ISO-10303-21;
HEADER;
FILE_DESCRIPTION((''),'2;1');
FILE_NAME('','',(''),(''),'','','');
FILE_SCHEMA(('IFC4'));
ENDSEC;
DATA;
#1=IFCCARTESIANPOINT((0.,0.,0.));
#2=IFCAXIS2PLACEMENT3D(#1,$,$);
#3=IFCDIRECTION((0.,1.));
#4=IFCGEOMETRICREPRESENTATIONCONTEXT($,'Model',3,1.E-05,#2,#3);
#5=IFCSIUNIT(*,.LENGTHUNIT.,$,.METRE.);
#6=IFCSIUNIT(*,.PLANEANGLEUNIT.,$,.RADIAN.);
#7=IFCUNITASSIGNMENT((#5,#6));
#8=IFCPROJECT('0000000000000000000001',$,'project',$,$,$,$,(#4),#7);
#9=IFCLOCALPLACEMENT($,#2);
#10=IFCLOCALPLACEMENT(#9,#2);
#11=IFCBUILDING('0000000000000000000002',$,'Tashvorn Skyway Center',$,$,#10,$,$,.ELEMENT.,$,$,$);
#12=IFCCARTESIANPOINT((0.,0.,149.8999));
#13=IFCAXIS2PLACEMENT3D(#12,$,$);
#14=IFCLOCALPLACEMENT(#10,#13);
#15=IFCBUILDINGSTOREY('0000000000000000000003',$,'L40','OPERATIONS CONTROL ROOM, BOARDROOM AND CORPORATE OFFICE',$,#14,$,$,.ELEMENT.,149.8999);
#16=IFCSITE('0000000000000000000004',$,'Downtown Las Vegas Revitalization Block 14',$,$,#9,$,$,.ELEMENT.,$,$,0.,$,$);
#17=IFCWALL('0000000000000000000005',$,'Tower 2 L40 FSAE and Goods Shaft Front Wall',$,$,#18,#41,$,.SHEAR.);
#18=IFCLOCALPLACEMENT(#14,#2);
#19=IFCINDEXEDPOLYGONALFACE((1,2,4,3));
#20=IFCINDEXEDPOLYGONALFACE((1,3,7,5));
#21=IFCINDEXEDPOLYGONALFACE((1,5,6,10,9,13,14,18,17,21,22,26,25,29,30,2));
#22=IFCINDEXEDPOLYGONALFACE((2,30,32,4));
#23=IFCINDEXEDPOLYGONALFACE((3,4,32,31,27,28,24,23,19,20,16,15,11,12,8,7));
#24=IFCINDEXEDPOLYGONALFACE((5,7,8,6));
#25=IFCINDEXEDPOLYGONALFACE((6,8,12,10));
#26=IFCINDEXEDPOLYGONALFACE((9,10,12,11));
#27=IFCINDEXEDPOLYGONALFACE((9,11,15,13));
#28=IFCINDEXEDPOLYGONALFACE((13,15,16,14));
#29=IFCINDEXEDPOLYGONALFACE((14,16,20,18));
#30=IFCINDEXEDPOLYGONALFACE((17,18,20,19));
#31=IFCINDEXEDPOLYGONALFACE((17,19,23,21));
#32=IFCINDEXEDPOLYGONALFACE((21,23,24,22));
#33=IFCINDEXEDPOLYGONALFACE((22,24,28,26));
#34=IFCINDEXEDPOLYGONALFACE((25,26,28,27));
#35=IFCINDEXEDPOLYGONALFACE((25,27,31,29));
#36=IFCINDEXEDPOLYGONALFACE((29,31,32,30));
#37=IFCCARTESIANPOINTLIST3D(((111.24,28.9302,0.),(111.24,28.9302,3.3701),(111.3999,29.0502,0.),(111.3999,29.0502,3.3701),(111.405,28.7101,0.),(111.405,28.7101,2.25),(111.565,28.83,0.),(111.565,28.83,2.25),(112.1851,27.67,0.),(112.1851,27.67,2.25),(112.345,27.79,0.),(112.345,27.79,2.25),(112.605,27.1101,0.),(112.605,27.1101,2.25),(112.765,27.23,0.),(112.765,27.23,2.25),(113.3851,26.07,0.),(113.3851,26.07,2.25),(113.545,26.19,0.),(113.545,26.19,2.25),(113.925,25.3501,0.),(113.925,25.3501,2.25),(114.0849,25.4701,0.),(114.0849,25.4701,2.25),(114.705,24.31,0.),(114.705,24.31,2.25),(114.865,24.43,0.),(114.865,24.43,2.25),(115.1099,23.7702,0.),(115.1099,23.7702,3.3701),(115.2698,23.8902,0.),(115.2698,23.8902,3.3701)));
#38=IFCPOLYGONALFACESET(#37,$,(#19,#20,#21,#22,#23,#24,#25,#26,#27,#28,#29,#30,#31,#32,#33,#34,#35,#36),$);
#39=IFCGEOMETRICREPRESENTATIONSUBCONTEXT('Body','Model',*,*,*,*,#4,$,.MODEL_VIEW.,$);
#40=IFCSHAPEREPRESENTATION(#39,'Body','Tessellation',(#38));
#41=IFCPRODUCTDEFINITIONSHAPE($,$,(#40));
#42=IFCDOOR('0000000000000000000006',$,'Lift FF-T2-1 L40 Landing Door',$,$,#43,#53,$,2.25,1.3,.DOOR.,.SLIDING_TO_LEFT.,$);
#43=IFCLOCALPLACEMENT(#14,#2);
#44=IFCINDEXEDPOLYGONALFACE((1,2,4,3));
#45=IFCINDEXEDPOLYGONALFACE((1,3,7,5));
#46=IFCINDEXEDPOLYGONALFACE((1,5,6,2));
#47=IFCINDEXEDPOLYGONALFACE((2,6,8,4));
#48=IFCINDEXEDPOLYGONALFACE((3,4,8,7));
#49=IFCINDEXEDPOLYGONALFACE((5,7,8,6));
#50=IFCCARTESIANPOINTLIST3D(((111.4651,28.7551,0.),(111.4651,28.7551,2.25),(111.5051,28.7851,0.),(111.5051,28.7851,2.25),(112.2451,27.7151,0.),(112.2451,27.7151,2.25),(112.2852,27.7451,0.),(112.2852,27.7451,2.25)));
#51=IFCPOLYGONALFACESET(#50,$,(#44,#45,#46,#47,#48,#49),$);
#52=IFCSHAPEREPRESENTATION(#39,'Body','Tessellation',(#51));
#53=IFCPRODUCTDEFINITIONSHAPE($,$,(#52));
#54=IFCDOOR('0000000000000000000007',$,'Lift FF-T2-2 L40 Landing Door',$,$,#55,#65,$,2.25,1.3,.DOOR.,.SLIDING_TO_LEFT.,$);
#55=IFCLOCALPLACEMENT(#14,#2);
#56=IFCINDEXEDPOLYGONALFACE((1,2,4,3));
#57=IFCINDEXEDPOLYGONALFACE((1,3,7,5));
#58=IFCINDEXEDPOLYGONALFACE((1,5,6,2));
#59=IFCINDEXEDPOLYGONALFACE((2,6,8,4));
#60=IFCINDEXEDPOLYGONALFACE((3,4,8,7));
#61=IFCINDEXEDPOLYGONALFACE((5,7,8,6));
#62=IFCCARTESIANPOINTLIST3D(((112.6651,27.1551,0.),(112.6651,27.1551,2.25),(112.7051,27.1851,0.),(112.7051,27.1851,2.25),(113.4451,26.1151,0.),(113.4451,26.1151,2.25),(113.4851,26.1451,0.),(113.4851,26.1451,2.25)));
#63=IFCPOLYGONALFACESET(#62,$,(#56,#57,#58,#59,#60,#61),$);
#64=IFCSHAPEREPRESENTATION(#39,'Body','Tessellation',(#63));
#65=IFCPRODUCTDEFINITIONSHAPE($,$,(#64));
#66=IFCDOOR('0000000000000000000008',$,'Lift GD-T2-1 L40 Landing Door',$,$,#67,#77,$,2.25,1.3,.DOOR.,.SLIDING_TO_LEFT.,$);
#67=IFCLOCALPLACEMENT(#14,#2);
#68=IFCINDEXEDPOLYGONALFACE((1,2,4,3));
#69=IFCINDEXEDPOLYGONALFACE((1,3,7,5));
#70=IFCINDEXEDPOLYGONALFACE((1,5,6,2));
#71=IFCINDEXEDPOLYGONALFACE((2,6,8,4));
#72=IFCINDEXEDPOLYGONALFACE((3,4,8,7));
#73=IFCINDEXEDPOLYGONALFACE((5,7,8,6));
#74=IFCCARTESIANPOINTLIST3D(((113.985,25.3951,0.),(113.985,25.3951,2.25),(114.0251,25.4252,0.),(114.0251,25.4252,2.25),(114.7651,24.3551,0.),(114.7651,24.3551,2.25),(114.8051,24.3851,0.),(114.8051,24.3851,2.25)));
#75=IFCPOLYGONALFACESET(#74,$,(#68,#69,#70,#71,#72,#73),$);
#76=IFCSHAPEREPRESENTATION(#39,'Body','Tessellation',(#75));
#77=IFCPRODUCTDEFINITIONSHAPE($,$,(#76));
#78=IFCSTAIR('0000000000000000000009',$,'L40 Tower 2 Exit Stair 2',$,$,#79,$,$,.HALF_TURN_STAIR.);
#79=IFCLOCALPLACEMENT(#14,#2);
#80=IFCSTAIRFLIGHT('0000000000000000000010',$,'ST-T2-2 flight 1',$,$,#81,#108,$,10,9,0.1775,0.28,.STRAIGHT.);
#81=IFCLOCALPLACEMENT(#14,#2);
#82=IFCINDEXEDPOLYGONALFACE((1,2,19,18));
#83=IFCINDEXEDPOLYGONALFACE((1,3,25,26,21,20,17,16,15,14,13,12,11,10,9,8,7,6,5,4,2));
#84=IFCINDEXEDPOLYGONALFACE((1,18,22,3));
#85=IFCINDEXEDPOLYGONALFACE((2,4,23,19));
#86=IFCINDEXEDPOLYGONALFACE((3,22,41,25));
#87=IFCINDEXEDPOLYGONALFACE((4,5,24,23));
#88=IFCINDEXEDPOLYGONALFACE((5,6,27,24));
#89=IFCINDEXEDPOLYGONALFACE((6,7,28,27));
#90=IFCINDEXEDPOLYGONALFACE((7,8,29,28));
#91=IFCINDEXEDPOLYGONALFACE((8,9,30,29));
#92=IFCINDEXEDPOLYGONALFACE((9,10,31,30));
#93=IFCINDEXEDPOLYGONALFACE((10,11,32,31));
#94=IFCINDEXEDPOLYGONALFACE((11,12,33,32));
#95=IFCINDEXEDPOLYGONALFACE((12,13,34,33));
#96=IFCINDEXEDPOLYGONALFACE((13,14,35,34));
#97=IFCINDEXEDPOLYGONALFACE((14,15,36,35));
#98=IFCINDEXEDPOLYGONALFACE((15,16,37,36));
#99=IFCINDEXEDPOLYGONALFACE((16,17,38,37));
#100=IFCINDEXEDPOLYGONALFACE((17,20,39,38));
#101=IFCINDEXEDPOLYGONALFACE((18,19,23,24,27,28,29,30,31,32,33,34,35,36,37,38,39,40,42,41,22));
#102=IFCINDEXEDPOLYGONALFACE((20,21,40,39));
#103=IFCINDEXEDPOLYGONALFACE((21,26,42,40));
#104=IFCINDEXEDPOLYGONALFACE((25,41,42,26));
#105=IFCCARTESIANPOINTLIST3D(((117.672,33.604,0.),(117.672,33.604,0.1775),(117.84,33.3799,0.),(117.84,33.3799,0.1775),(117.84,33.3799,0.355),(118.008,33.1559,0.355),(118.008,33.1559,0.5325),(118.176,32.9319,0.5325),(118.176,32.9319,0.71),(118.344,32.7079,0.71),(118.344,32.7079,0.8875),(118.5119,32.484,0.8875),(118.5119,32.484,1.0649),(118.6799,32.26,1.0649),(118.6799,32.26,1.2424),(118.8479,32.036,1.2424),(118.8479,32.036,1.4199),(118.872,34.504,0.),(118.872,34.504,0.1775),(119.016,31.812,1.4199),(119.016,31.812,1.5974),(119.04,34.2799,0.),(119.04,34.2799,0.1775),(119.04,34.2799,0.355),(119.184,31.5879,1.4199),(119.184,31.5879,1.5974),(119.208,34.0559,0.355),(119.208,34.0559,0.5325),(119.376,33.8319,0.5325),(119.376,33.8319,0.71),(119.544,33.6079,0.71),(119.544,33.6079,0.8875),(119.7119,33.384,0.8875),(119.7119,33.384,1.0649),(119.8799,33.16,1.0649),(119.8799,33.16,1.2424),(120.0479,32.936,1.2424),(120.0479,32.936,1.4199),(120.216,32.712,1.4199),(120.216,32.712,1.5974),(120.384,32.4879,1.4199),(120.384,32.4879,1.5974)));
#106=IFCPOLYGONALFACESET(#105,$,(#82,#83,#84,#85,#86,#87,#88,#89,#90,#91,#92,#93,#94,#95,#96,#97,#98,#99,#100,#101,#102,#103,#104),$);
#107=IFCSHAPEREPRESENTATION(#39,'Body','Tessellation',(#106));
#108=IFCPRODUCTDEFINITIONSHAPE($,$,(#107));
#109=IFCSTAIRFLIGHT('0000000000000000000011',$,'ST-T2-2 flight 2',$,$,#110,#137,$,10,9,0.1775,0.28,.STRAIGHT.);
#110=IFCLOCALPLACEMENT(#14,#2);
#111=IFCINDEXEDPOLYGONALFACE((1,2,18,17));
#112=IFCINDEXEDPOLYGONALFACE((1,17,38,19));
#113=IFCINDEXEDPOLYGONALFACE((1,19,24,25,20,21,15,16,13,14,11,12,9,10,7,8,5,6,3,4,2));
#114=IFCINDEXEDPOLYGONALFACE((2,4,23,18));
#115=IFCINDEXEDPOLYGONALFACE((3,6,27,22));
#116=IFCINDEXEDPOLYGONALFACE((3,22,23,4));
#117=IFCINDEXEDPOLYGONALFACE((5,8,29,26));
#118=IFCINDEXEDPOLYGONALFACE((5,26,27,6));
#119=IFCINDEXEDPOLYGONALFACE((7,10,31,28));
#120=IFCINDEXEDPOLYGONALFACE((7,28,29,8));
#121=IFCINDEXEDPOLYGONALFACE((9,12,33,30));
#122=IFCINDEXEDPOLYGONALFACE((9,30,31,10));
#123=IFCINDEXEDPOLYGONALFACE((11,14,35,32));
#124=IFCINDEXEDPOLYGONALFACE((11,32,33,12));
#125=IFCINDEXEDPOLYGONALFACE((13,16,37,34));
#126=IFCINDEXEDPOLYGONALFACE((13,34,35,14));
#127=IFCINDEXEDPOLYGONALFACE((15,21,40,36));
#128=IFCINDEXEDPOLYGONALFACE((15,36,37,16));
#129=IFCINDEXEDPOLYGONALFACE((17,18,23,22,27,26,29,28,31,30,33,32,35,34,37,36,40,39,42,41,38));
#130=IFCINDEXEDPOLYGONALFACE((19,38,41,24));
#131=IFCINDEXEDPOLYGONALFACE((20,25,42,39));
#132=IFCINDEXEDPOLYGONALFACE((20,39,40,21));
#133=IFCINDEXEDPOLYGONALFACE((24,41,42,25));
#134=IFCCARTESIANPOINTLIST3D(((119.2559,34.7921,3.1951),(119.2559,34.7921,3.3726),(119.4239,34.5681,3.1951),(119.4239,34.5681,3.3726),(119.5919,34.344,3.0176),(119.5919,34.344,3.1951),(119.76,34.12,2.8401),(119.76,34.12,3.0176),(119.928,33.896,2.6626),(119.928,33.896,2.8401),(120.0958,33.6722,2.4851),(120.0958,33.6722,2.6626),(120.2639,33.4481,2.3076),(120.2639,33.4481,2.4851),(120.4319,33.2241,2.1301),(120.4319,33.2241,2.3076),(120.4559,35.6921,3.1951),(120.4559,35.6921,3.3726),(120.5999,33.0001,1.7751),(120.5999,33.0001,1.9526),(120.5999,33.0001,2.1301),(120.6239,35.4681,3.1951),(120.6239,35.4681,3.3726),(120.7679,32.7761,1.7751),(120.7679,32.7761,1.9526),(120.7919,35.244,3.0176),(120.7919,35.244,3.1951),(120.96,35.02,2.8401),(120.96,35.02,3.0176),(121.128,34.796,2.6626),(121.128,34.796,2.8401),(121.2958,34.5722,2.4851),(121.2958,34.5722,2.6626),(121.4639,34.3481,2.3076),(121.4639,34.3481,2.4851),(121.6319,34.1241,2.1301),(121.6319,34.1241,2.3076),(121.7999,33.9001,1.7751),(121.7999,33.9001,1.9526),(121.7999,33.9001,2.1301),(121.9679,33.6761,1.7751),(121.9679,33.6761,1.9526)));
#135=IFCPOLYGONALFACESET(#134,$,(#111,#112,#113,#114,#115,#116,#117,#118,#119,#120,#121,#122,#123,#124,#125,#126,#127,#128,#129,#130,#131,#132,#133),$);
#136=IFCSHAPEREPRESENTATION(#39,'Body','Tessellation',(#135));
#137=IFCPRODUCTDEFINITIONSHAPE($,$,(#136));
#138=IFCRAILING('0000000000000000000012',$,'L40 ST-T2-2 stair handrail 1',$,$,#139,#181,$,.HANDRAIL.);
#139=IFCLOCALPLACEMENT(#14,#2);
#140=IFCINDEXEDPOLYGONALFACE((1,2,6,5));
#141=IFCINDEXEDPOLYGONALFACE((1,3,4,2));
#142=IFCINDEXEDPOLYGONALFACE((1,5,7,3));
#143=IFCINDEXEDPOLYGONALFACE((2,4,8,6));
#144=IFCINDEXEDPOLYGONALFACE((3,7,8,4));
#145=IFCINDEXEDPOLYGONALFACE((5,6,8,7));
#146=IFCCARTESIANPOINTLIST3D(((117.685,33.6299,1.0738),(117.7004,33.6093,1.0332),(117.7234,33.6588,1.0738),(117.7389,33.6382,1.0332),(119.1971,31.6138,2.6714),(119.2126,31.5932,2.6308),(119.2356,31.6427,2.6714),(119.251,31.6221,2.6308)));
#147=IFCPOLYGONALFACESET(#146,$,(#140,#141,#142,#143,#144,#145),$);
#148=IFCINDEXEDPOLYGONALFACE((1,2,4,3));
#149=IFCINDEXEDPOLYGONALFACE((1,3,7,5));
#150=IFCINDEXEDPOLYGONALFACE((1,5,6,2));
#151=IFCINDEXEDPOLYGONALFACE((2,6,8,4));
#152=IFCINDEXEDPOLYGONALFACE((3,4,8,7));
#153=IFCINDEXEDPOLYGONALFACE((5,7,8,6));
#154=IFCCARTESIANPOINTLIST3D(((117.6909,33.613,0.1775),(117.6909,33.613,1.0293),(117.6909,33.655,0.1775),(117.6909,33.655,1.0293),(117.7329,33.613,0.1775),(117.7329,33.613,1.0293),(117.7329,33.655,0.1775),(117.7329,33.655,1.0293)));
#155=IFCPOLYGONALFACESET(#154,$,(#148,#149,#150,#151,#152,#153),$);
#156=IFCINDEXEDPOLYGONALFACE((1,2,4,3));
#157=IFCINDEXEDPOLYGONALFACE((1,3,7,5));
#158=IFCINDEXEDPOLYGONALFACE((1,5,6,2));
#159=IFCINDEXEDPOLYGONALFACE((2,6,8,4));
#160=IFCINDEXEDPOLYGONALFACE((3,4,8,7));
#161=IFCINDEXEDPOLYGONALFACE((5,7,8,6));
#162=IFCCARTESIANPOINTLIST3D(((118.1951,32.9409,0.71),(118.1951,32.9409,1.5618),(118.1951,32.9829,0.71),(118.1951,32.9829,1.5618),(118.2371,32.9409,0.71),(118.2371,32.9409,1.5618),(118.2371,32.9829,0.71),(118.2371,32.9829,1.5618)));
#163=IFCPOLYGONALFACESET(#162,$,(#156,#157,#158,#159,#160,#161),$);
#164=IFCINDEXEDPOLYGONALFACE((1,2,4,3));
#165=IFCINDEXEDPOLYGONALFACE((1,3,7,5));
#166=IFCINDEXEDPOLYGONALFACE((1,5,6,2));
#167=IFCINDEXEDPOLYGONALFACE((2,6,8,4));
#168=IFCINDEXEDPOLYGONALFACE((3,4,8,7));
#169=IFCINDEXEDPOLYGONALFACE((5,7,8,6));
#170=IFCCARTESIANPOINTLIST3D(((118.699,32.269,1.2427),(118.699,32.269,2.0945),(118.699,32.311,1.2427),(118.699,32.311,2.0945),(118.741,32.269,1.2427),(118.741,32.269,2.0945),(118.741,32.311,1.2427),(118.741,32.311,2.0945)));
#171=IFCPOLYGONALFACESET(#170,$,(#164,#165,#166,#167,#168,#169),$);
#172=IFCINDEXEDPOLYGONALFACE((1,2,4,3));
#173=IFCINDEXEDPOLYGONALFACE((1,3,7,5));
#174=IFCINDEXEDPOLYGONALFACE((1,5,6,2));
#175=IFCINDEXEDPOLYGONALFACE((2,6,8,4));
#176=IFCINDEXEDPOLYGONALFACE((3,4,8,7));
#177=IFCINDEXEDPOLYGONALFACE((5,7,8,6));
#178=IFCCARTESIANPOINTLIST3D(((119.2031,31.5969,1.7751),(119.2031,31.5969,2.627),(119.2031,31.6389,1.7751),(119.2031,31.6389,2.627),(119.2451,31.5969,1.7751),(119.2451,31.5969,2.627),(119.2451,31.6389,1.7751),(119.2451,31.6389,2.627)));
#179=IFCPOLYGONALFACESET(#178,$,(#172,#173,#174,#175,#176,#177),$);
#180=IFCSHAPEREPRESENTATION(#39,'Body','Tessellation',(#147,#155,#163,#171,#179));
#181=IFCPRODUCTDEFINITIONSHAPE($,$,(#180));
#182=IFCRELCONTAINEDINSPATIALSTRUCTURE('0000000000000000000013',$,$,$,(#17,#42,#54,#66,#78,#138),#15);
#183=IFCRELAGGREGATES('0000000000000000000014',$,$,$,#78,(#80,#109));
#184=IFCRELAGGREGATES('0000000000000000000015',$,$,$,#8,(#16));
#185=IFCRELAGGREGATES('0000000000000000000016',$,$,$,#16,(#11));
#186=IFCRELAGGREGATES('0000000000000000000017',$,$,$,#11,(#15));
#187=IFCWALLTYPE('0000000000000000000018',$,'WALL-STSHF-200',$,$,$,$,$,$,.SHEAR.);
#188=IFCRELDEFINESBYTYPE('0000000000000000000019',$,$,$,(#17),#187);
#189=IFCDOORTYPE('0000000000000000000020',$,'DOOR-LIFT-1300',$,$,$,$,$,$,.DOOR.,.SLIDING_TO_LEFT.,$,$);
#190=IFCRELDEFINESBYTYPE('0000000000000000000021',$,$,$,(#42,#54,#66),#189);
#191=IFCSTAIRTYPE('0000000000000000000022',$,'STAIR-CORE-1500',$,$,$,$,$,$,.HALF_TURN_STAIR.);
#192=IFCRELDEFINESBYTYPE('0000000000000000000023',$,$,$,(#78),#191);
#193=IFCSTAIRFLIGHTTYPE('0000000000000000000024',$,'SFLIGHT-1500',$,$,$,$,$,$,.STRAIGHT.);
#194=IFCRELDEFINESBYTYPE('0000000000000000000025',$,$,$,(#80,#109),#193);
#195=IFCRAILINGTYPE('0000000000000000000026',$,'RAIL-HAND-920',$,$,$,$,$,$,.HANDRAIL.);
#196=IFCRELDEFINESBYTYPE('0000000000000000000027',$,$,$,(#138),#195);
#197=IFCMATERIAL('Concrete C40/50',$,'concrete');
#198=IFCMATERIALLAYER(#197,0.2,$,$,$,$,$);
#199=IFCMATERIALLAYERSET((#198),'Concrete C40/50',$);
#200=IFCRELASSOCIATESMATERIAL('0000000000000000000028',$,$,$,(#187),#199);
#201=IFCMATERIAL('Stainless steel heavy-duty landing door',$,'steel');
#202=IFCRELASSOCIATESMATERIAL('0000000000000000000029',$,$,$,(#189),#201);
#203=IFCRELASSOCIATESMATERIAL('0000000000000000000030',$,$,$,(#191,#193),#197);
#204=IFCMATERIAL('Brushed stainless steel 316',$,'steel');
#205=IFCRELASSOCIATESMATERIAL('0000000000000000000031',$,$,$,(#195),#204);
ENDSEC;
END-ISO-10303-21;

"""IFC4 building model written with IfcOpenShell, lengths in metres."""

from ifc_helpers import new_model, si_unit, direction, frame, frame_2d, origin, origin_2d, place, context, subcontext, project, spatial, polyline, rectangle, outline, extrude, material, layer, layer_set, type_object, element, fill, aggregate, save


model = new_model("IFC4")

# Units and contexts
model_context = context("Model", 3, precision=1e-05, world=origin(), true_north=direction((0.0, 1.0)))
body_context = subcontext(model_context, "Body", "Model", "MODEL_VIEW")
ifc_project = project(units=[si_unit("LENGTHUNIT", "METRE"), si_unit("PLANEANGLEUNIT", "RADIAN")], contexts=[model_context])

# Site, building, storey
site_placement = place(None, origin())
site = spatial("IfcSite", under=ifc_project, at=site_placement, Name="Downtown Las Vegas Revitalization Block 14", CompositionType="ELEMENT", RefElevation=0.0)
building_placement = place(site_placement, origin())
building = spatial("IfcBuilding", under=site, at=building_placement, Name="Tashvorn Skyway Center", CompositionType="ELEMENT")
storey_placement = place(building_placement, frame((0.0, 0.0, 149.8999)))
storey = spatial("IfcBuildingStorey", under=building, at=storey_placement, Name="L40", Description="OPERATIONS CONTROL ROOM, BOARDROOM AND CORPORATE OFFICE", CompositionType="ELEMENT", Elevation=149.8999)

# Shared definitions
ifc_material_1 = material(Name="Concrete C40/50", Category="concrete")

# Shared definitions
ifc_layer_1 = layer(ifc_material_1, 0.2)
ifc_layer_set_1 = layer_set([ifc_layer_1], Name="Concrete C40/50")
wall_type_1 = type_object("IfcWallType", Name="WALL-STSHF-200", PredefinedType="SHEAR", material=ifc_layer_set_1)

# Wall, openings, doors
wall_1_placement = place(storey_placement, frame((115.1899, 23.8301, 0.0), z_axis=(0.0, 0.0, 1.0), x_axis=(-0.599994, 0.800005, 0.0)))
wall_1 = element("IfcWall", 1, at=wall_1_placement, inside=storey, type_object=wall_type_1, Name="Tower 2 L40 FSAE and Goods Shaft Front Wall", PredefinedType="SHEAR", context=body_context, shape_type="SweptSolid", body=[
    extrude(rectangle(XDim=6.45, YDim=0.2, at=frame_2d((3.2251, 0.0))), origin(), (0.0, 0.0, 1.0), 3.3701),
])
opening_1_placement = place(wall_1_placement, frame((4.875, 0.0, 0.0)))
opening_1 = element("IfcOpeningElement", 2, at=opening_1_placement, cuts=wall_1, PredefinedType="OPENING", context=body_context, shape_type="SweptSolid", body=[
    extrude(rectangle(XDim=1.3, YDim=2.25, at=frame_2d((0.6499, 1.125))), frame((0.0, 0.1099, 0.0), z_axis=(0.0, -1.0, 0.0), x_axis=(1.0, 0.0, 0.0)), (0.0, 0.0, 1.0), 0.22),
])
opening_2_placement = place(wall_1_placement, frame((2.875, 0.0, 0.0)))
opening_2 = element("IfcOpeningElement", 3, at=opening_2_placement, cuts=wall_1, PredefinedType="OPENING", context=body_context, shape_type="SweptSolid", body=[
    extrude(rectangle(XDim=1.3, YDim=2.25, at=frame_2d((0.6499, 1.125))), frame((0.0, 0.1099, 0.0), z_axis=(0.0, -1.0, 0.0), x_axis=(1.0, 0.0, 0.0)), (0.0, 0.0, 1.0), 0.22),
])
opening_3_placement = place(wall_1_placement, frame((0.675, 0.0, 0.0)))
opening_3 = element("IfcOpeningElement", 4, at=opening_3_placement, cuts=wall_1, PredefinedType="OPENING", context=body_context, shape_type="SweptSolid", body=[
    extrude(rectangle(XDim=1.3, YDim=2.25, at=frame_2d((0.6499, 1.125))), frame((0.0, 0.1099, 0.0), z_axis=(0.0, -1.0, 0.0), x_axis=(1.0, 0.0, 0.0)), (0.0, 0.0, 1.0), 0.22),
])
ifc_material_2 = material(Name="Stainless steel heavy-duty landing door", Category="steel")
door_type_1 = type_object("IfcDoorType", Name="DOOR-LIFT-1300", OperationType="SLIDING_TO_LEFT", PredefinedType="DOOR", material=ifc_material_2)
door_1_placement = place(opening_1_placement, origin())
door_1 = element("IfcDoor", 5, at=door_1_placement, inside=storey, type_object=door_type_1, Name="Lift FF-T2-1 L40 Landing Door", OperationType="SLIDING_TO_LEFT", OverallHeight=2.25, OverallWidth=1.3, PredefinedType="DOOR", context=body_context, shape_type="SweptSolid", body=[
    extrude(rectangle(XDim=1.3, YDim=2.25, at=frame_2d((0.6499, 1.125))), frame((0.0, 0.0249, 0.0), z_axis=(0.0, -1.0, 0.0), x_axis=(1.0, 0.0, 0.0)), (0.0, 0.0, 1.0), 0.05),
])
fill(opening_1, door_1)
door_2_placement = place(opening_2_placement, origin())
door_2 = element("IfcDoor", 6, at=door_2_placement, inside=storey, type_object=door_type_1, Name="Lift FF-T2-2 L40 Landing Door", OperationType="SLIDING_TO_LEFT", OverallHeight=2.25, OverallWidth=1.3, PredefinedType="DOOR", context=body_context, shape_type="SweptSolid", body=[
    extrude(rectangle(XDim=1.3, YDim=2.25, at=frame_2d((0.6499, 1.125))), frame((0.0, 0.0249, 0.0), z_axis=(0.0, -1.0, 0.0), x_axis=(1.0, 0.0, 0.0)), (0.0, 0.0, 1.0), 0.05),
])
fill(opening_2, door_2)
door_3_placement = place(opening_3_placement, origin())
door_3 = element("IfcDoor", 7, at=door_3_placement, inside=storey, type_object=door_type_1, Name="Lift GD-T2-1 L40 Landing Door", OperationType="SLIDING_TO_LEFT", OverallHeight=2.25, OverallWidth=1.3, PredefinedType="DOOR", context=body_context, shape_type="SweptSolid", body=[
    extrude(rectangle(XDim=1.3, YDim=2.25, at=frame_2d((0.6499, 1.125))), frame((0.0, 0.0249, 0.0), z_axis=(0.0, -1.0, 0.0), x_axis=(1.0, 0.0, 0.0)), (0.0, 0.0, 1.0), 0.05),
])
fill(opening_3, door_3)

# Stair, stair flights
stair_type = type_object("IfcStairType", Name="STAIR-CORE-1500", PredefinedType="HALF_TURN_STAIR", material=ifc_material_1)
stair_placement = place(storey_placement, origin())
stair = element("IfcStair", 8, at=stair_placement, inside=storey, type_object=stair_type, Name="L40 Tower 2 Exit Stair 2", PredefinedType="HALF_TURN_STAIR")
stair_flight_type = type_object("IfcStairFlightType", Name="SFLIGHT-1500", PredefinedType="STRAIGHT", material=ifc_material_1)
stair_flight_1_placement = place(storey_placement, frame((118.272, 34.054, 0.0), z_axis=(0.0, 0.0, 1.0), x_axis=(0.6, -0.8, 0.0)))
stair_flight_1 = element("IfcStairFlight", 9, at=stair_flight_1_placement, type_object=stair_flight_type, Name="ST-T2-2 flight 1", NumberOfRisers=10, NumberOfTreads=9, PredefinedType="STRAIGHT", RiserHeight=0.1775, TreadLength=0.28, context=body_context, shape_type="SweptSolid", body=[
    extrude(outline(polyline([(0.0, 0.0), (0.0, 0.1775), (0.28, 0.1775), (0.28, 0.355), (0.5601, 0.355), (0.5601, 0.5325), (0.8401, 0.5325), (0.8401, 0.71), (1.1201, 0.71), (1.1201, 0.8875), (1.3999, 0.8875), (1.3999, 1.0649), (1.6799, 1.0649), (1.6799, 1.2424), (1.96, 1.2424), (1.96, 1.4199), (2.24, 1.4199), (2.24, 1.5974), (2.52, 1.5974), (2.52, 1.7749), (2.52, 1.4199), (0.28, 0.0), (0.0, 0.0)])), frame((0.0, 0.75, 0.0), z_axis=(0.0, -1.0, 0.0), x_axis=(1.0, 0.0, 0.0)), (0.0, 0.0, 1.0), 1.5),
])
stair_flight_2_placement = place(storey_placement, frame((121.3679, 33.2261, 1.7751), z_axis=(0.0, 0.0, 1.0), x_axis=(-0.6, 0.8, 0.0)))
stair_flight_2 = element("IfcStairFlight", 10, at=stair_flight_2_placement, type_object=stair_flight_type, Name="ST-T2-2 flight 2", NumberOfRisers=10, NumberOfTreads=9, PredefinedType="STRAIGHT", RiserHeight=0.1775, TreadLength=0.28, context=body_context, shape_type="SweptSolid", body=[
    extrude(outline(polyline([(0.0, 0.0), (0.0, 0.1775), (0.28, 0.1775), (0.28, 0.355), (0.5601, 0.355), (0.5601, 0.5325), (0.8401, 0.5325), (0.8401, 0.71), (1.1201, 0.71), (1.1201, 0.8875), (1.3999, 0.8875), (1.3999, 1.0649), (1.6799, 1.0649), (1.6799, 1.2424), (1.96, 1.2424), (1.96, 1.4199), (2.24, 1.4199), (2.24, 1.5974), (2.52, 1.5974), (2.52, 1.7749), (2.52, 1.4199), (0.28, 0.0), (0.0, 0.0)])), frame((0.0, 0.75, 0.0), z_axis=(0.0, -1.0, 0.0), x_axis=(1.0, 0.0, 0.0)), (0.0, 0.0, 1.0), 1.5),
])
aggregate(stair, [stair_flight_1, stair_flight_2])

# Railing
ifc_material_3 = material(Name="Brushed stainless steel 316", Category="steel")
railing_type_1 = type_object("IfcRailingType", Name="RAIL-HAND-920", PredefinedType="HANDRAIL", material=ifc_material_3)
railing_1_placement = place(storey_placement, frame((117.7119, 33.634, 0.1775)))
element("IfcRailing", 11, at=railing_1_placement, inside=storey, type_object=railing_type_1, Name="L40 ST-T2-2 stair handrail 1", PredefinedType="HANDRAIL", context=body_context, shape_type="SweptSolid", body=[
    extrude(rectangle(XDim=0.0481, YDim=0.0481, at=origin_2d()), frame((0.0, 0.0, 0.876), z_axis=(0.506779, -0.675651, 0.535416), x_axis=(0.799977, 0.600031, 0.0)), (0.0, 0.0, 1.0), 2.9839),
    extrude(rectangle(XDim=0.042, YDim=0.042, at=origin_2d()), origin(), (0.0, 0.0, 1.0), 0.8518),
    extrude(rectangle(XDim=0.042, YDim=0.042, at=origin_2d()), frame((0.5042, -0.6721, 0.5325)), (0.0, 0.0, 1.0), 0.8518),
    extrude(rectangle(XDim=0.042, YDim=0.042, at=origin_2d()), frame((1.0081, -1.344, 1.0652)), (0.0, 0.0, 1.0), 0.8518),
    extrude(rectangle(XDim=0.042, YDim=0.042, at=origin_2d()), frame((1.5122, -2.0161, 1.5977)), (0.0, 0.0, 1.0), 0.8518),
])

save(model, "model.ifc")
